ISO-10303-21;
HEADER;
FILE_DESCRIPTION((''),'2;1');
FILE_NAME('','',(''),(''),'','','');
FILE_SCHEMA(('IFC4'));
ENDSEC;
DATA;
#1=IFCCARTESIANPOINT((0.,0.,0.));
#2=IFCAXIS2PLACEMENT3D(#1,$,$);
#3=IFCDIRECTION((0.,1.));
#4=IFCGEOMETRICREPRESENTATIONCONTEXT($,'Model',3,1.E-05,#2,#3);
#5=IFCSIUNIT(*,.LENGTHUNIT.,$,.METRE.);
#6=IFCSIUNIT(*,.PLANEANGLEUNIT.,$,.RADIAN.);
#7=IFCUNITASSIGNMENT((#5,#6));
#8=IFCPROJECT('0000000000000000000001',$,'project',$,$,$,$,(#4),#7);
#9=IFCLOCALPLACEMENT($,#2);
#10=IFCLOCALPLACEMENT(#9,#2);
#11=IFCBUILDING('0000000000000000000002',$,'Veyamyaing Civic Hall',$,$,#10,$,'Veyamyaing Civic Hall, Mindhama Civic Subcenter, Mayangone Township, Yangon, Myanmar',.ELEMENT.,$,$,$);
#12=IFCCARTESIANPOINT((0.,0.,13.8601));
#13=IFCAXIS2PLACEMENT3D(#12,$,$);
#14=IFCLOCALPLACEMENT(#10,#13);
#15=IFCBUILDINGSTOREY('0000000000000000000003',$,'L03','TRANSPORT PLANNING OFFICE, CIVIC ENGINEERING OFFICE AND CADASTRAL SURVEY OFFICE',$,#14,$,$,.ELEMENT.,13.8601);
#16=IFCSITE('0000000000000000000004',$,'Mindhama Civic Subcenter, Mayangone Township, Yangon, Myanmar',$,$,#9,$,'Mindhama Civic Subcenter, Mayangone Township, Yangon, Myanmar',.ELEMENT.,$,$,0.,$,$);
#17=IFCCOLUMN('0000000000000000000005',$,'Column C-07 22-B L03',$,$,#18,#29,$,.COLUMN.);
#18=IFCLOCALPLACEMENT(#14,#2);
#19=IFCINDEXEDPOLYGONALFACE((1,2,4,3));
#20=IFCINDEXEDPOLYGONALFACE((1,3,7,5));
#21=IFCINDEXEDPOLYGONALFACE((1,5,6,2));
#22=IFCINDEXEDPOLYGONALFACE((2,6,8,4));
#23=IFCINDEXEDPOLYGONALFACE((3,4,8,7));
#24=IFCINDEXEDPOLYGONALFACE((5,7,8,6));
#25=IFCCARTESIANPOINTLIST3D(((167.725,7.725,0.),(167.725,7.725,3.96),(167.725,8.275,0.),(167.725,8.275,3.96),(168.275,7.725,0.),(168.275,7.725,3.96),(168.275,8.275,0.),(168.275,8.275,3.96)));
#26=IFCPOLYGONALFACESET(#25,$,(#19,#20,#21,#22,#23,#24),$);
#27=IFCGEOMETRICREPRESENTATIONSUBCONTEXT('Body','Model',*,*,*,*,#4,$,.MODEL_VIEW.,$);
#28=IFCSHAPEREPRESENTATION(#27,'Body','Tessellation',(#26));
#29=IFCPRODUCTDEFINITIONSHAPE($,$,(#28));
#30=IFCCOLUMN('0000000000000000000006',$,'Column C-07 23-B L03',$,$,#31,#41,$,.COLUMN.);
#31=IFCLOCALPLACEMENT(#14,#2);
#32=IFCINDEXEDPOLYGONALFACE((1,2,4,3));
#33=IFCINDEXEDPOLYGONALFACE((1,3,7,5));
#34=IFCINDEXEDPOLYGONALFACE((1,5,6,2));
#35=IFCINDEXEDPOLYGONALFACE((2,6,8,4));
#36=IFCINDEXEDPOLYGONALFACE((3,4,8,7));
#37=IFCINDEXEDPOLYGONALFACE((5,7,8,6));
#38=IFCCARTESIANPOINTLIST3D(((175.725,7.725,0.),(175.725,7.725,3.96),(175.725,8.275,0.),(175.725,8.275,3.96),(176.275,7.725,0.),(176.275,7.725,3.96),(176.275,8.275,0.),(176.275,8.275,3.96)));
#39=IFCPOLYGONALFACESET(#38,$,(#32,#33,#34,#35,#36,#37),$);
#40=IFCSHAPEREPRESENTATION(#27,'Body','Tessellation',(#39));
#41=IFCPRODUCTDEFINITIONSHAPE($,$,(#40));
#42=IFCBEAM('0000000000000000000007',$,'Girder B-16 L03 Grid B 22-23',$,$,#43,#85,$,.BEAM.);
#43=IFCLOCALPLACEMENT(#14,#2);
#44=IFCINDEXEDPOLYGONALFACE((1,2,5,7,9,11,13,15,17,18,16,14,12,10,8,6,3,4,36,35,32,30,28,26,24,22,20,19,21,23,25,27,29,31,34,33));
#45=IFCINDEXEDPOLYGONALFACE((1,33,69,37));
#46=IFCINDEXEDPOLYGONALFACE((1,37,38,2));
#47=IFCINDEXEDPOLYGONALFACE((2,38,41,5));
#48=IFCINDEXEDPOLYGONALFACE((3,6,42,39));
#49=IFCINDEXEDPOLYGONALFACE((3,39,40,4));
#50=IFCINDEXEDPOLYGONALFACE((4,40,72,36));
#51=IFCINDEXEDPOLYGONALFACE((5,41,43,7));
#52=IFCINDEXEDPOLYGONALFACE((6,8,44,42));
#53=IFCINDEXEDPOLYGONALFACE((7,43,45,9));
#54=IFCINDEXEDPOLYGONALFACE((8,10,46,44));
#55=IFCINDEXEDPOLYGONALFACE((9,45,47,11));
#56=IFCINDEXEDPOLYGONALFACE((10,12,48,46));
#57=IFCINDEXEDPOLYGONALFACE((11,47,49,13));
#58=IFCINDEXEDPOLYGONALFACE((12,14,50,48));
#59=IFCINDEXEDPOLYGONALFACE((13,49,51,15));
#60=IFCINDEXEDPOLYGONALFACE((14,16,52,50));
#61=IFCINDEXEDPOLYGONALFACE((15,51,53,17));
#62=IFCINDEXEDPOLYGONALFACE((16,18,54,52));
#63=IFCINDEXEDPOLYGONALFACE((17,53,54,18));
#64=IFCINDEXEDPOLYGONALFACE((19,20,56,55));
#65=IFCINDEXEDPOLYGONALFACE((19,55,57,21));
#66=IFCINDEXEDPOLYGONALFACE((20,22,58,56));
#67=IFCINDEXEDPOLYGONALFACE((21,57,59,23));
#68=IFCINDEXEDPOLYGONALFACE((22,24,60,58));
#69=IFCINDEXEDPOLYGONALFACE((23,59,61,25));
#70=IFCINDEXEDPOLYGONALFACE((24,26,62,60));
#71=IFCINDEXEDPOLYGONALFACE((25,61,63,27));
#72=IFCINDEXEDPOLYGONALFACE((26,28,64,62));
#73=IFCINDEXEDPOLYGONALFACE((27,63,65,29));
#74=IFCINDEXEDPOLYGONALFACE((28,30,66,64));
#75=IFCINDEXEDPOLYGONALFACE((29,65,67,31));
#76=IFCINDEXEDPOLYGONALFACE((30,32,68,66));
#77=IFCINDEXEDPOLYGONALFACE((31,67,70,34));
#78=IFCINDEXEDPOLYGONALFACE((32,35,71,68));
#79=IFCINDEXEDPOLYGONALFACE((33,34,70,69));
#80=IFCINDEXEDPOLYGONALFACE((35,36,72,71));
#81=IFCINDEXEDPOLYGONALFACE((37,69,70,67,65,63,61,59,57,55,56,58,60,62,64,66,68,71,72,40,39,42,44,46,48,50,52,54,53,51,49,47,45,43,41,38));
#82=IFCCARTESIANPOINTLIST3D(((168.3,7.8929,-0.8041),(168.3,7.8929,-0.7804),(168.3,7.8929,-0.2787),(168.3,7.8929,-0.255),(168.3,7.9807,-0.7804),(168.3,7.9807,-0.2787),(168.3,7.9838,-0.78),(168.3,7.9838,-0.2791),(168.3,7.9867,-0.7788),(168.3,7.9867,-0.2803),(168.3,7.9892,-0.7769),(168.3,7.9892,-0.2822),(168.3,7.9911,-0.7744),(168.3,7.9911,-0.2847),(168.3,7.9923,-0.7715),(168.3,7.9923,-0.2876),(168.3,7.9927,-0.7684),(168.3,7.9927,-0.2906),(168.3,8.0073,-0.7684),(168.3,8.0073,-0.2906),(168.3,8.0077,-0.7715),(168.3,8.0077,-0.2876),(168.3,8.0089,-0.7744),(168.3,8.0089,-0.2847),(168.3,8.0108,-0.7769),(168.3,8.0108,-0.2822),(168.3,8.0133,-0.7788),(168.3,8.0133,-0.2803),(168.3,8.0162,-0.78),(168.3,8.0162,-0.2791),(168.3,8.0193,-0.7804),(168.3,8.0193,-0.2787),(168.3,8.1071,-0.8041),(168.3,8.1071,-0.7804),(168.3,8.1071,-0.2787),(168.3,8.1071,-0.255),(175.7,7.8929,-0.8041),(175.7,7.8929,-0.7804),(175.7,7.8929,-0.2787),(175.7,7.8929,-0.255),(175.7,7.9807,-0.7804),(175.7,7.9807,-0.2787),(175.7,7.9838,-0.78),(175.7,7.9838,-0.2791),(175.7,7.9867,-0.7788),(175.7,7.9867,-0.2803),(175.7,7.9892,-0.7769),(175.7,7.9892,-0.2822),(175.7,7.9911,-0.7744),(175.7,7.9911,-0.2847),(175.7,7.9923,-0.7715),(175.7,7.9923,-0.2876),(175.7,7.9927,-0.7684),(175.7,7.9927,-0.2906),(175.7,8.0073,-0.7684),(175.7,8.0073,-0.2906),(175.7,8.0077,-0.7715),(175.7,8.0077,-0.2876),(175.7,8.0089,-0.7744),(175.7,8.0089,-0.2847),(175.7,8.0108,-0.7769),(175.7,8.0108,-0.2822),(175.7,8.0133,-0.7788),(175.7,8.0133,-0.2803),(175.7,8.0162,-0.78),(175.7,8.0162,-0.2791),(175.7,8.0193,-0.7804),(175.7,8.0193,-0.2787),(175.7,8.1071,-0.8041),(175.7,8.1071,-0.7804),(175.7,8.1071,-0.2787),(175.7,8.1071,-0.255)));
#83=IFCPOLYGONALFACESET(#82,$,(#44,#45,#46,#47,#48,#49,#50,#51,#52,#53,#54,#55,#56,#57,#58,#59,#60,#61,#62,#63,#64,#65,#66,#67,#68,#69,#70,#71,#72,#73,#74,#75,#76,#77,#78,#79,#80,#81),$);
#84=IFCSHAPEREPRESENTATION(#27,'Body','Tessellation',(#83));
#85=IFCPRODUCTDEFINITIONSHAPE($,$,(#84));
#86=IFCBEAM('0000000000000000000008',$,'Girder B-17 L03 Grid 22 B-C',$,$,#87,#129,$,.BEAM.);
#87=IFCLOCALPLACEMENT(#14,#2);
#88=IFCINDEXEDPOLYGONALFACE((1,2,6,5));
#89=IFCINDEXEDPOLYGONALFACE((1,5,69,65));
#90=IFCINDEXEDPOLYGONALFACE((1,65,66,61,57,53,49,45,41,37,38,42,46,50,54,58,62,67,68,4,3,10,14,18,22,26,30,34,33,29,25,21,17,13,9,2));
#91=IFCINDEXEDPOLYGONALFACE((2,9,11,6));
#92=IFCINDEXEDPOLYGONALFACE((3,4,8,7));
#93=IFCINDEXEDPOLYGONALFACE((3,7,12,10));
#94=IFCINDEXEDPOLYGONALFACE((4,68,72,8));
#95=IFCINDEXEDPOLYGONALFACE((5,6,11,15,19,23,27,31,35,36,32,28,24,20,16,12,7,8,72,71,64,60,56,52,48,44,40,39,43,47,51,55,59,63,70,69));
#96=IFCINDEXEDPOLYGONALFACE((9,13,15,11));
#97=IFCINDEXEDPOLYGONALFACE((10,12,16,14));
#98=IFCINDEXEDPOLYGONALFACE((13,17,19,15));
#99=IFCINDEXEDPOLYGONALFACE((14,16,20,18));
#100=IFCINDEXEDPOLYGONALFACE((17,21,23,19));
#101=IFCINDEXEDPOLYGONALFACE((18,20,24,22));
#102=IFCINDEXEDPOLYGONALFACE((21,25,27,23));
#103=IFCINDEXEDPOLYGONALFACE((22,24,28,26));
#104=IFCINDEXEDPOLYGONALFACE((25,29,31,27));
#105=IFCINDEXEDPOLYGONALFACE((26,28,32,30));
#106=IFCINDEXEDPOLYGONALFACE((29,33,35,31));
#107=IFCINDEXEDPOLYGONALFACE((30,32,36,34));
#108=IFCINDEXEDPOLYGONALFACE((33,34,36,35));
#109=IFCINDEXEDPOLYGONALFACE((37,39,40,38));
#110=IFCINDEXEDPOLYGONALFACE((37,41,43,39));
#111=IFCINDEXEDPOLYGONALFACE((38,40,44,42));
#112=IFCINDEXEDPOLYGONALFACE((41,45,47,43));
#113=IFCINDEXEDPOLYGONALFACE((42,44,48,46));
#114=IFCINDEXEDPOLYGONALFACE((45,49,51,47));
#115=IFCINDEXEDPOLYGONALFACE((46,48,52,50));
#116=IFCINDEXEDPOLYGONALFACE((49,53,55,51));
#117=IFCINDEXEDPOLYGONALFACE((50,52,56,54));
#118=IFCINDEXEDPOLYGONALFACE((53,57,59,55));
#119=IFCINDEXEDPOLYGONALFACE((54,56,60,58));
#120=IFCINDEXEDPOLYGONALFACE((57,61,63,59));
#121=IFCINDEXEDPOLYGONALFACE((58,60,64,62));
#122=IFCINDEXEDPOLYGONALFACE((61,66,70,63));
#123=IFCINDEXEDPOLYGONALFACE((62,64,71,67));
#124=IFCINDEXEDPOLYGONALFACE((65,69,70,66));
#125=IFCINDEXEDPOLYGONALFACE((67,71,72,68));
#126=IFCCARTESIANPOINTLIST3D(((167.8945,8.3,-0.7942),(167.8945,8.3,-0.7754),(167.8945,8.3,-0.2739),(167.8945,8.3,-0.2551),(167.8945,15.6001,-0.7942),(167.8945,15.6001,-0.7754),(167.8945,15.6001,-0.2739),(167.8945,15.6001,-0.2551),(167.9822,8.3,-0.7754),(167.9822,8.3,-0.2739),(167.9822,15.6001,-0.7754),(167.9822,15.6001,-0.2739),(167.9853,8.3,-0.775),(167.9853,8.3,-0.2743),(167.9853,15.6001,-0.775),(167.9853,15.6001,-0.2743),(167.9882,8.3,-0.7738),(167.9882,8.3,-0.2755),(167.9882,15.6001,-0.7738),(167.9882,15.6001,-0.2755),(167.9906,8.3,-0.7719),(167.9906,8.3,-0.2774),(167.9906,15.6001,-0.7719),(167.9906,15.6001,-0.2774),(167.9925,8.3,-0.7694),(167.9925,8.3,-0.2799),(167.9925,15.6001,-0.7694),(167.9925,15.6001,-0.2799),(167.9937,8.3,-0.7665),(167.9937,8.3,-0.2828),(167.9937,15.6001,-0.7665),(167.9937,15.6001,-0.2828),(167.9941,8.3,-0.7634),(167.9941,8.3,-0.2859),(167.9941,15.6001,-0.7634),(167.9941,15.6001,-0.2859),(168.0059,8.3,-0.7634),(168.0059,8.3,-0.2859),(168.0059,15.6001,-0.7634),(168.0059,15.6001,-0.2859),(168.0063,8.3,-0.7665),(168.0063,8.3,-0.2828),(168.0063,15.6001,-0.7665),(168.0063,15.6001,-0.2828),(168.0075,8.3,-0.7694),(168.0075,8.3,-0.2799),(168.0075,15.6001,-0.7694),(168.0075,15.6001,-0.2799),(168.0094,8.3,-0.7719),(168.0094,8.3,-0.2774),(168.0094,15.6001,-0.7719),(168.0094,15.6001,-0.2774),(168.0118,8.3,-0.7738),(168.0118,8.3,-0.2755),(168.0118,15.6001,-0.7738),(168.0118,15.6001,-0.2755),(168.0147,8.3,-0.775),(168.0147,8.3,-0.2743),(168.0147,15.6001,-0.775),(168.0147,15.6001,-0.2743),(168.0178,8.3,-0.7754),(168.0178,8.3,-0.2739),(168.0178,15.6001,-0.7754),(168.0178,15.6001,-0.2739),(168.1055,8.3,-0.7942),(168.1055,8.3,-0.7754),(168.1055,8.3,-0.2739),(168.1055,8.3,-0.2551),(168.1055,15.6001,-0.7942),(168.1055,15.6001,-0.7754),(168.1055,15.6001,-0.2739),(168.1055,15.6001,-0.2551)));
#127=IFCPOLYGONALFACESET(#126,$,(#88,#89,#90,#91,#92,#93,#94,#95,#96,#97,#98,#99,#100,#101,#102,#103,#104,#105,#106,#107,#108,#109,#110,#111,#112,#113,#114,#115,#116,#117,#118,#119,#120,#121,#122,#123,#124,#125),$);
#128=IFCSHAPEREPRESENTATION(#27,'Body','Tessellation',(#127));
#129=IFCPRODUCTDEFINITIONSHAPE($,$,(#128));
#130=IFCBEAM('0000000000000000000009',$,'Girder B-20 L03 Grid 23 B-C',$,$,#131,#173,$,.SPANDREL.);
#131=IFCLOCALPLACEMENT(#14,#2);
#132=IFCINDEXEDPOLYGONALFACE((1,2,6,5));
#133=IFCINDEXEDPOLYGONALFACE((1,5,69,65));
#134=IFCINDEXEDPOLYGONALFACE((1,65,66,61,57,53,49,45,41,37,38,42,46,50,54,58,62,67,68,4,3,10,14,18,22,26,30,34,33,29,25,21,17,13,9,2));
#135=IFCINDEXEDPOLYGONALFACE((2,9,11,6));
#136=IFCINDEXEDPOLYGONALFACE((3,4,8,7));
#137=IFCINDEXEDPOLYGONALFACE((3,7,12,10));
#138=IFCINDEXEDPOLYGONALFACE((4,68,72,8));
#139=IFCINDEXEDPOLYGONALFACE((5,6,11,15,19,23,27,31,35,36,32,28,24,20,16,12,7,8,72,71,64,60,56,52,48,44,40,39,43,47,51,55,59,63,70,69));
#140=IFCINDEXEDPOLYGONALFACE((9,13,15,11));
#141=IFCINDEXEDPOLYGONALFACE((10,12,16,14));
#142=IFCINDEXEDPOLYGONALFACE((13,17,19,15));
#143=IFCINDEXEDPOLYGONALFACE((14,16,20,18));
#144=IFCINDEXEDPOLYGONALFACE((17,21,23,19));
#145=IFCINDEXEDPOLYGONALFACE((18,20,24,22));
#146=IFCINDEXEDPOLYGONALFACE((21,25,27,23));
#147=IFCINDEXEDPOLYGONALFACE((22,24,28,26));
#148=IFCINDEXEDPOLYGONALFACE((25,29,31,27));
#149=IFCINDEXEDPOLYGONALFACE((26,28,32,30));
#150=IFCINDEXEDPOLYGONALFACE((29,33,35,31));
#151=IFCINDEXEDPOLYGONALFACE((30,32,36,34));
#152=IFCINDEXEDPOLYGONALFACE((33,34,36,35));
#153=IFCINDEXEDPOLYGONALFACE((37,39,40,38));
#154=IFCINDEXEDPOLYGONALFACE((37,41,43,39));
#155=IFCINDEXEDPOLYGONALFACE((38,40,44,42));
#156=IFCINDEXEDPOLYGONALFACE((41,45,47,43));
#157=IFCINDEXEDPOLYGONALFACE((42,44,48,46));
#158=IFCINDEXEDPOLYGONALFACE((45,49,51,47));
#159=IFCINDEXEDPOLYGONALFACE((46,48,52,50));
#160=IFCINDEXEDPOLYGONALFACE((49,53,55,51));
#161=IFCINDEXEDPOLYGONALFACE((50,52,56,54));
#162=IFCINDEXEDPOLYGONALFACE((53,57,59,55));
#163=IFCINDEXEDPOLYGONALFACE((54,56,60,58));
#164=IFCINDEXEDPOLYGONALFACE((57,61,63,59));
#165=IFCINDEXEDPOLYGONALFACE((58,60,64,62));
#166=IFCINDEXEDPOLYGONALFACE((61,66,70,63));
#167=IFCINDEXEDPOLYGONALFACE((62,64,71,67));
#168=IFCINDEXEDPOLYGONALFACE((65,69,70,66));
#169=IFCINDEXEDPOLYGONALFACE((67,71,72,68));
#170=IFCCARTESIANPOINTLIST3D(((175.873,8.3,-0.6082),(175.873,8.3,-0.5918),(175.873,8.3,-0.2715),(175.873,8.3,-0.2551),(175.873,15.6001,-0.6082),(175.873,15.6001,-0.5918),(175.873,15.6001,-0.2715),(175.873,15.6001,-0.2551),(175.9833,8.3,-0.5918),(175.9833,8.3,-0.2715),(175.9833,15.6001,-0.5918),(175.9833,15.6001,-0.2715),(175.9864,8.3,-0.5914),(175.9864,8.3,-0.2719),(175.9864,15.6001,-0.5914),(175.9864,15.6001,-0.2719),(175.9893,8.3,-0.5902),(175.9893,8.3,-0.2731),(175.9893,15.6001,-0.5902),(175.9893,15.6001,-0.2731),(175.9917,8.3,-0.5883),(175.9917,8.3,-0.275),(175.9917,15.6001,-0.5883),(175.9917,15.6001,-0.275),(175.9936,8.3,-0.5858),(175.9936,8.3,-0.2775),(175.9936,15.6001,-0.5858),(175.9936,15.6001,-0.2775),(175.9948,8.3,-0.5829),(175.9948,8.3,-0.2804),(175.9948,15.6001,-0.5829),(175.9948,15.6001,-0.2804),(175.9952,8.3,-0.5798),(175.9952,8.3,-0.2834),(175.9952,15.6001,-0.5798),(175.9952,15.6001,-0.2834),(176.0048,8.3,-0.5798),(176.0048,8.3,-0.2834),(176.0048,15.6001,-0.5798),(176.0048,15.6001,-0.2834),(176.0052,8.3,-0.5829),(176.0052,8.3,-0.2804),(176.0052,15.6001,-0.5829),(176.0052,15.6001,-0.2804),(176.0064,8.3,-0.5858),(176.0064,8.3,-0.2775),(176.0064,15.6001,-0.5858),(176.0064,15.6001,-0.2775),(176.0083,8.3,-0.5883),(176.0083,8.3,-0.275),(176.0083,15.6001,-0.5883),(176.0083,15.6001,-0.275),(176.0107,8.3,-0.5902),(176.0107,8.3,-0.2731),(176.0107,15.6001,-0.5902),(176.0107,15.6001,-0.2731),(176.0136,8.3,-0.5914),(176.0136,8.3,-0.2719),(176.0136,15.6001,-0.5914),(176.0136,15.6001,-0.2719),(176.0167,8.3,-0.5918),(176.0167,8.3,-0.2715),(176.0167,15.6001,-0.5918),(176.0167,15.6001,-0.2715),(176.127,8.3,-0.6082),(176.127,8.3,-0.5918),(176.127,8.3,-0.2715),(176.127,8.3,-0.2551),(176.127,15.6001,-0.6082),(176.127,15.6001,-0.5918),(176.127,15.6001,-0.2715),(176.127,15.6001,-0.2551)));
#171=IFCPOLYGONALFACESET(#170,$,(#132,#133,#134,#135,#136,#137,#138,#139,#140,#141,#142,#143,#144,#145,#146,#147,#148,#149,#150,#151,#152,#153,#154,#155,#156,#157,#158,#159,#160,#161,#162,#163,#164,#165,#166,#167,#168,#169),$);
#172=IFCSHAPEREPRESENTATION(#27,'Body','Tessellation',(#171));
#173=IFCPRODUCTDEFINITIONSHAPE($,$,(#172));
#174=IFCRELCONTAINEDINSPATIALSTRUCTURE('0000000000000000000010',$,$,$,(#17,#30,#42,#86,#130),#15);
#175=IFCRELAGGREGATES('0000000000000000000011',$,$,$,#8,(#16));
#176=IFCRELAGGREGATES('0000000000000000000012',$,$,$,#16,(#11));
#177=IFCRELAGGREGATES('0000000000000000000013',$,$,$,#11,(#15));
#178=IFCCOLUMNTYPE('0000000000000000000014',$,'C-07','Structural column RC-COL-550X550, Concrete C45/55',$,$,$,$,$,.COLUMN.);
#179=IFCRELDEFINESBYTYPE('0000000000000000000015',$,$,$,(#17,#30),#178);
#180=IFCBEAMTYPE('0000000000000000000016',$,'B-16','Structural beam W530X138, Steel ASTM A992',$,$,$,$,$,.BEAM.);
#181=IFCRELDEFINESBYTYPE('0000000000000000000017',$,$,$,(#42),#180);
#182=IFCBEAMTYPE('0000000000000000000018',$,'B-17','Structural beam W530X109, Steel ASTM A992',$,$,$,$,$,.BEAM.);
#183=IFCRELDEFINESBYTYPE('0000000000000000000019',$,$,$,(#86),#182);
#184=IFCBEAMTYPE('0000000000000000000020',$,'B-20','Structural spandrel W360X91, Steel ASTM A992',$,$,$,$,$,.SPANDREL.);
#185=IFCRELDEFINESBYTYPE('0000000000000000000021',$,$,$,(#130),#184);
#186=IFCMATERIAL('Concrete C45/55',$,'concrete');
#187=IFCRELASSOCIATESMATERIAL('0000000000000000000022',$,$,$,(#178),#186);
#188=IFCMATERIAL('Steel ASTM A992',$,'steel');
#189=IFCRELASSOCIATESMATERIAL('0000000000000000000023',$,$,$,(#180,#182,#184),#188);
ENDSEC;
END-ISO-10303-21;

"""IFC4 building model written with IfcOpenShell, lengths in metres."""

from ifc_helpers import new_model, si_unit, direction, frame, origin, origin_2d, place, context, subcontext, project, spatial, rectangle, i_section, extrude, material, material_profile, profile_set, type_object, element, save


model = new_model("IFC4")

# Units and contexts
model_context = context("Model", 3, precision=1e-05, world=origin(), true_north=direction((0.0, 1.0)))
body_context = subcontext(model_context, "Body", "Model", "MODEL_VIEW")
ifc_project = project(units=[si_unit("LENGTHUNIT", "METRE"), si_unit("PLANEANGLEUNIT", "RADIAN")], contexts=[model_context])

# Site, building, storey
site_placement = place(None, origin())
site = spatial("IfcSite", under=ifc_project, at=site_placement, Name="Mindhama Civic Subcenter, Mayangone Township, Yangon, Myanmar", LongName="Mindhama Civic Subcenter, Mayangone Township, Yangon, Myanmar", CompositionType="ELEMENT", RefElevation=0.0)
building_placement = place(site_placement, origin())
building = spatial("IfcBuilding", under=site, at=building_placement, Name="Veyamyaing Civic Hall", LongName="Veyamyaing Civic Hall, Mindhama Civic Subcenter, Mayangone Township, Yangon, Myanmar", CompositionType="ELEMENT")
storey_placement = place(building_placement, frame((0.0, 0.0, 13.8601)))
storey = spatial("IfcBuildingStorey", under=building, at=storey_placement, Name="L03", Description="TRANSPORT PLANNING OFFICE, CIVIC ENGINEERING OFFICE AND CADASTRAL SURVEY OFFICE", CompositionType="ELEMENT", Elevation=13.8601)

# Columns
ifc_material_1 = material(Name="Concrete C45/55", Category="concrete")
ifc_material_profile_1 = material_profile(ifc_material_1, rectangle(XDim=0.55, YDim=0.55, at=origin_2d()), Name="RC-COL-550X550")
ifc_profile_set_1 = profile_set([ifc_material_profile_1], Name="Concrete C45/55")
column_type = type_object("IfcColumnType", Name="C-07", Description="Structural column RC-COL-550X550, Concrete C45/55", PredefinedType="COLUMN", material=ifc_profile_set_1)
for number, where, z_axis, x_axis, name in (
    (1, (168.0, 8.0, 0.0), (0.0, 0.0, 1.0), (1.0, 0.0, 0.0), "Column C-07 22-B L03"),
    (2, (176.0, 8.0, 0.0), (0.0, 0.0, 1.0), (1.0, 0.0, 0.0), "Column C-07 23-B L03"),
):
    element("IfcColumn", number, at=place(storey_placement, frame(where, z_axis=z_axis, x_axis=x_axis)), inside=storey, type_object=column_type, Name=name, PredefinedType="COLUMN", context=body_context, shape_type="SweptSolid", body=[
        extrude(rectangle(XDim=0.55, YDim=0.55, at=origin_2d()), origin(), (0.0, 0.0, 1.0), 3.96),
    ])

# Beams
ifc_material_2 = material(Name="Steel ASTM A992", Category="steel")
ifc_material_profile_2 = material_profile(ifc_material_2, i_section(OverallWidth=0.2141, OverallDepth=0.5491, WebThickness=0.0146, FlangeThickness=0.0237, FilletRadius=0.012, at=origin_2d()), Name="W530X138")
ifc_profile_set_2 = profile_set([ifc_material_profile_2], Name="Steel ASTM A992")
beam_type_1 = type_object("IfcBeamType", Name="B-16", Description="Structural beam W530X138, Steel ASTM A992", PredefinedType="BEAM", material=ifc_profile_set_2)
beam_1_placement = place(storey_placement, frame((168.3, 8.0, -0.5295), z_axis=(1.0, 0.0, 0.0), x_axis=(0.0, 1.0, 0.0)))
element("IfcBeam", 3, at=beam_1_placement, inside=storey, type_object=beam_type_1, Name="Girder B-16 L03 Grid B 22-23", PredefinedType="BEAM", context=body_context, shape_type="SweptSolid", body=[
    extrude(i_section(OverallWidth=0.2141, OverallDepth=0.5491, WebThickness=0.0146, FlangeThickness=0.0237, FilletRadius=0.012, at=origin_2d()), origin(), (0.0, 0.0, 1.0), 7.3999),
])
ifc_material_profile_3 = material_profile(ifc_material_2, i_section(OverallWidth=0.2109, OverallDepth=0.5391, WebThickness=0.0117, FlangeThickness=0.0188, FilletRadius=0.012, at=origin_2d()), Name="W530X109")
ifc_profile_set_3 = profile_set([ifc_material_profile_3], Name="Steel ASTM A992")
beam_type_2 = type_object("IfcBeamType", Name="B-17", Description="Structural beam W530X109, Steel ASTM A992", PredefinedType="BEAM", material=ifc_profile_set_3)
beam_2_placement = place(storey_placement, frame((168.0, 8.3, -0.5247), z_axis=(0.0, 1.0, 0.0), x_axis=(-1.0, 0.0, 0.0)))
element("IfcBeam", 4, at=beam_2_placement, inside=storey, type_object=beam_type_2, Name="Girder B-17 L03 Grid 22 B-C", PredefinedType="BEAM", context=body_context, shape_type="SweptSolid", body=[
    extrude(i_section(OverallWidth=0.2109, OverallDepth=0.5391, WebThickness=0.0117, FlangeThickness=0.0188, FilletRadius=0.012, at=origin_2d()), origin(), (0.0, 0.0, 1.0), 7.3),
])
ifc_material_profile_4 = material_profile(ifc_material_2, i_section(OverallWidth=0.2539, OverallDepth=0.353, WebThickness=0.0095, FlangeThickness=0.0164, FilletRadius=0.012, at=origin_2d()), Name="W360X91")
ifc_profile_set_4 = profile_set([ifc_material_profile_4], Name="Steel ASTM A992")
beam_type_3 = type_object("IfcBeamType", Name="B-20", Description="Structural spandrel W360X91, Steel ASTM A992", PredefinedType="SPANDREL", material=ifc_profile_set_4)
beam_3_placement = place(storey_placement, frame((176.0, 8.3, -0.4316), z_axis=(0.0, 1.0, 0.0), x_axis=(-1.0, 0.0, 0.0)))
element("IfcBeam", 5, at=beam_3_placement, inside=storey, type_object=beam_type_3, Name="Girder B-20 L03 Grid 23 B-C", PredefinedType="SPANDREL", context=body_context, shape_type="SweptSolid", body=[
    extrude(i_section(OverallWidth=0.2539, OverallDepth=0.353, WebThickness=0.0095, FlangeThickness=0.0164, FilletRadius=0.012, at=origin_2d()), origin(), (0.0, 0.0, 1.0), 7.3),
])

save(model, "model.ifc")
